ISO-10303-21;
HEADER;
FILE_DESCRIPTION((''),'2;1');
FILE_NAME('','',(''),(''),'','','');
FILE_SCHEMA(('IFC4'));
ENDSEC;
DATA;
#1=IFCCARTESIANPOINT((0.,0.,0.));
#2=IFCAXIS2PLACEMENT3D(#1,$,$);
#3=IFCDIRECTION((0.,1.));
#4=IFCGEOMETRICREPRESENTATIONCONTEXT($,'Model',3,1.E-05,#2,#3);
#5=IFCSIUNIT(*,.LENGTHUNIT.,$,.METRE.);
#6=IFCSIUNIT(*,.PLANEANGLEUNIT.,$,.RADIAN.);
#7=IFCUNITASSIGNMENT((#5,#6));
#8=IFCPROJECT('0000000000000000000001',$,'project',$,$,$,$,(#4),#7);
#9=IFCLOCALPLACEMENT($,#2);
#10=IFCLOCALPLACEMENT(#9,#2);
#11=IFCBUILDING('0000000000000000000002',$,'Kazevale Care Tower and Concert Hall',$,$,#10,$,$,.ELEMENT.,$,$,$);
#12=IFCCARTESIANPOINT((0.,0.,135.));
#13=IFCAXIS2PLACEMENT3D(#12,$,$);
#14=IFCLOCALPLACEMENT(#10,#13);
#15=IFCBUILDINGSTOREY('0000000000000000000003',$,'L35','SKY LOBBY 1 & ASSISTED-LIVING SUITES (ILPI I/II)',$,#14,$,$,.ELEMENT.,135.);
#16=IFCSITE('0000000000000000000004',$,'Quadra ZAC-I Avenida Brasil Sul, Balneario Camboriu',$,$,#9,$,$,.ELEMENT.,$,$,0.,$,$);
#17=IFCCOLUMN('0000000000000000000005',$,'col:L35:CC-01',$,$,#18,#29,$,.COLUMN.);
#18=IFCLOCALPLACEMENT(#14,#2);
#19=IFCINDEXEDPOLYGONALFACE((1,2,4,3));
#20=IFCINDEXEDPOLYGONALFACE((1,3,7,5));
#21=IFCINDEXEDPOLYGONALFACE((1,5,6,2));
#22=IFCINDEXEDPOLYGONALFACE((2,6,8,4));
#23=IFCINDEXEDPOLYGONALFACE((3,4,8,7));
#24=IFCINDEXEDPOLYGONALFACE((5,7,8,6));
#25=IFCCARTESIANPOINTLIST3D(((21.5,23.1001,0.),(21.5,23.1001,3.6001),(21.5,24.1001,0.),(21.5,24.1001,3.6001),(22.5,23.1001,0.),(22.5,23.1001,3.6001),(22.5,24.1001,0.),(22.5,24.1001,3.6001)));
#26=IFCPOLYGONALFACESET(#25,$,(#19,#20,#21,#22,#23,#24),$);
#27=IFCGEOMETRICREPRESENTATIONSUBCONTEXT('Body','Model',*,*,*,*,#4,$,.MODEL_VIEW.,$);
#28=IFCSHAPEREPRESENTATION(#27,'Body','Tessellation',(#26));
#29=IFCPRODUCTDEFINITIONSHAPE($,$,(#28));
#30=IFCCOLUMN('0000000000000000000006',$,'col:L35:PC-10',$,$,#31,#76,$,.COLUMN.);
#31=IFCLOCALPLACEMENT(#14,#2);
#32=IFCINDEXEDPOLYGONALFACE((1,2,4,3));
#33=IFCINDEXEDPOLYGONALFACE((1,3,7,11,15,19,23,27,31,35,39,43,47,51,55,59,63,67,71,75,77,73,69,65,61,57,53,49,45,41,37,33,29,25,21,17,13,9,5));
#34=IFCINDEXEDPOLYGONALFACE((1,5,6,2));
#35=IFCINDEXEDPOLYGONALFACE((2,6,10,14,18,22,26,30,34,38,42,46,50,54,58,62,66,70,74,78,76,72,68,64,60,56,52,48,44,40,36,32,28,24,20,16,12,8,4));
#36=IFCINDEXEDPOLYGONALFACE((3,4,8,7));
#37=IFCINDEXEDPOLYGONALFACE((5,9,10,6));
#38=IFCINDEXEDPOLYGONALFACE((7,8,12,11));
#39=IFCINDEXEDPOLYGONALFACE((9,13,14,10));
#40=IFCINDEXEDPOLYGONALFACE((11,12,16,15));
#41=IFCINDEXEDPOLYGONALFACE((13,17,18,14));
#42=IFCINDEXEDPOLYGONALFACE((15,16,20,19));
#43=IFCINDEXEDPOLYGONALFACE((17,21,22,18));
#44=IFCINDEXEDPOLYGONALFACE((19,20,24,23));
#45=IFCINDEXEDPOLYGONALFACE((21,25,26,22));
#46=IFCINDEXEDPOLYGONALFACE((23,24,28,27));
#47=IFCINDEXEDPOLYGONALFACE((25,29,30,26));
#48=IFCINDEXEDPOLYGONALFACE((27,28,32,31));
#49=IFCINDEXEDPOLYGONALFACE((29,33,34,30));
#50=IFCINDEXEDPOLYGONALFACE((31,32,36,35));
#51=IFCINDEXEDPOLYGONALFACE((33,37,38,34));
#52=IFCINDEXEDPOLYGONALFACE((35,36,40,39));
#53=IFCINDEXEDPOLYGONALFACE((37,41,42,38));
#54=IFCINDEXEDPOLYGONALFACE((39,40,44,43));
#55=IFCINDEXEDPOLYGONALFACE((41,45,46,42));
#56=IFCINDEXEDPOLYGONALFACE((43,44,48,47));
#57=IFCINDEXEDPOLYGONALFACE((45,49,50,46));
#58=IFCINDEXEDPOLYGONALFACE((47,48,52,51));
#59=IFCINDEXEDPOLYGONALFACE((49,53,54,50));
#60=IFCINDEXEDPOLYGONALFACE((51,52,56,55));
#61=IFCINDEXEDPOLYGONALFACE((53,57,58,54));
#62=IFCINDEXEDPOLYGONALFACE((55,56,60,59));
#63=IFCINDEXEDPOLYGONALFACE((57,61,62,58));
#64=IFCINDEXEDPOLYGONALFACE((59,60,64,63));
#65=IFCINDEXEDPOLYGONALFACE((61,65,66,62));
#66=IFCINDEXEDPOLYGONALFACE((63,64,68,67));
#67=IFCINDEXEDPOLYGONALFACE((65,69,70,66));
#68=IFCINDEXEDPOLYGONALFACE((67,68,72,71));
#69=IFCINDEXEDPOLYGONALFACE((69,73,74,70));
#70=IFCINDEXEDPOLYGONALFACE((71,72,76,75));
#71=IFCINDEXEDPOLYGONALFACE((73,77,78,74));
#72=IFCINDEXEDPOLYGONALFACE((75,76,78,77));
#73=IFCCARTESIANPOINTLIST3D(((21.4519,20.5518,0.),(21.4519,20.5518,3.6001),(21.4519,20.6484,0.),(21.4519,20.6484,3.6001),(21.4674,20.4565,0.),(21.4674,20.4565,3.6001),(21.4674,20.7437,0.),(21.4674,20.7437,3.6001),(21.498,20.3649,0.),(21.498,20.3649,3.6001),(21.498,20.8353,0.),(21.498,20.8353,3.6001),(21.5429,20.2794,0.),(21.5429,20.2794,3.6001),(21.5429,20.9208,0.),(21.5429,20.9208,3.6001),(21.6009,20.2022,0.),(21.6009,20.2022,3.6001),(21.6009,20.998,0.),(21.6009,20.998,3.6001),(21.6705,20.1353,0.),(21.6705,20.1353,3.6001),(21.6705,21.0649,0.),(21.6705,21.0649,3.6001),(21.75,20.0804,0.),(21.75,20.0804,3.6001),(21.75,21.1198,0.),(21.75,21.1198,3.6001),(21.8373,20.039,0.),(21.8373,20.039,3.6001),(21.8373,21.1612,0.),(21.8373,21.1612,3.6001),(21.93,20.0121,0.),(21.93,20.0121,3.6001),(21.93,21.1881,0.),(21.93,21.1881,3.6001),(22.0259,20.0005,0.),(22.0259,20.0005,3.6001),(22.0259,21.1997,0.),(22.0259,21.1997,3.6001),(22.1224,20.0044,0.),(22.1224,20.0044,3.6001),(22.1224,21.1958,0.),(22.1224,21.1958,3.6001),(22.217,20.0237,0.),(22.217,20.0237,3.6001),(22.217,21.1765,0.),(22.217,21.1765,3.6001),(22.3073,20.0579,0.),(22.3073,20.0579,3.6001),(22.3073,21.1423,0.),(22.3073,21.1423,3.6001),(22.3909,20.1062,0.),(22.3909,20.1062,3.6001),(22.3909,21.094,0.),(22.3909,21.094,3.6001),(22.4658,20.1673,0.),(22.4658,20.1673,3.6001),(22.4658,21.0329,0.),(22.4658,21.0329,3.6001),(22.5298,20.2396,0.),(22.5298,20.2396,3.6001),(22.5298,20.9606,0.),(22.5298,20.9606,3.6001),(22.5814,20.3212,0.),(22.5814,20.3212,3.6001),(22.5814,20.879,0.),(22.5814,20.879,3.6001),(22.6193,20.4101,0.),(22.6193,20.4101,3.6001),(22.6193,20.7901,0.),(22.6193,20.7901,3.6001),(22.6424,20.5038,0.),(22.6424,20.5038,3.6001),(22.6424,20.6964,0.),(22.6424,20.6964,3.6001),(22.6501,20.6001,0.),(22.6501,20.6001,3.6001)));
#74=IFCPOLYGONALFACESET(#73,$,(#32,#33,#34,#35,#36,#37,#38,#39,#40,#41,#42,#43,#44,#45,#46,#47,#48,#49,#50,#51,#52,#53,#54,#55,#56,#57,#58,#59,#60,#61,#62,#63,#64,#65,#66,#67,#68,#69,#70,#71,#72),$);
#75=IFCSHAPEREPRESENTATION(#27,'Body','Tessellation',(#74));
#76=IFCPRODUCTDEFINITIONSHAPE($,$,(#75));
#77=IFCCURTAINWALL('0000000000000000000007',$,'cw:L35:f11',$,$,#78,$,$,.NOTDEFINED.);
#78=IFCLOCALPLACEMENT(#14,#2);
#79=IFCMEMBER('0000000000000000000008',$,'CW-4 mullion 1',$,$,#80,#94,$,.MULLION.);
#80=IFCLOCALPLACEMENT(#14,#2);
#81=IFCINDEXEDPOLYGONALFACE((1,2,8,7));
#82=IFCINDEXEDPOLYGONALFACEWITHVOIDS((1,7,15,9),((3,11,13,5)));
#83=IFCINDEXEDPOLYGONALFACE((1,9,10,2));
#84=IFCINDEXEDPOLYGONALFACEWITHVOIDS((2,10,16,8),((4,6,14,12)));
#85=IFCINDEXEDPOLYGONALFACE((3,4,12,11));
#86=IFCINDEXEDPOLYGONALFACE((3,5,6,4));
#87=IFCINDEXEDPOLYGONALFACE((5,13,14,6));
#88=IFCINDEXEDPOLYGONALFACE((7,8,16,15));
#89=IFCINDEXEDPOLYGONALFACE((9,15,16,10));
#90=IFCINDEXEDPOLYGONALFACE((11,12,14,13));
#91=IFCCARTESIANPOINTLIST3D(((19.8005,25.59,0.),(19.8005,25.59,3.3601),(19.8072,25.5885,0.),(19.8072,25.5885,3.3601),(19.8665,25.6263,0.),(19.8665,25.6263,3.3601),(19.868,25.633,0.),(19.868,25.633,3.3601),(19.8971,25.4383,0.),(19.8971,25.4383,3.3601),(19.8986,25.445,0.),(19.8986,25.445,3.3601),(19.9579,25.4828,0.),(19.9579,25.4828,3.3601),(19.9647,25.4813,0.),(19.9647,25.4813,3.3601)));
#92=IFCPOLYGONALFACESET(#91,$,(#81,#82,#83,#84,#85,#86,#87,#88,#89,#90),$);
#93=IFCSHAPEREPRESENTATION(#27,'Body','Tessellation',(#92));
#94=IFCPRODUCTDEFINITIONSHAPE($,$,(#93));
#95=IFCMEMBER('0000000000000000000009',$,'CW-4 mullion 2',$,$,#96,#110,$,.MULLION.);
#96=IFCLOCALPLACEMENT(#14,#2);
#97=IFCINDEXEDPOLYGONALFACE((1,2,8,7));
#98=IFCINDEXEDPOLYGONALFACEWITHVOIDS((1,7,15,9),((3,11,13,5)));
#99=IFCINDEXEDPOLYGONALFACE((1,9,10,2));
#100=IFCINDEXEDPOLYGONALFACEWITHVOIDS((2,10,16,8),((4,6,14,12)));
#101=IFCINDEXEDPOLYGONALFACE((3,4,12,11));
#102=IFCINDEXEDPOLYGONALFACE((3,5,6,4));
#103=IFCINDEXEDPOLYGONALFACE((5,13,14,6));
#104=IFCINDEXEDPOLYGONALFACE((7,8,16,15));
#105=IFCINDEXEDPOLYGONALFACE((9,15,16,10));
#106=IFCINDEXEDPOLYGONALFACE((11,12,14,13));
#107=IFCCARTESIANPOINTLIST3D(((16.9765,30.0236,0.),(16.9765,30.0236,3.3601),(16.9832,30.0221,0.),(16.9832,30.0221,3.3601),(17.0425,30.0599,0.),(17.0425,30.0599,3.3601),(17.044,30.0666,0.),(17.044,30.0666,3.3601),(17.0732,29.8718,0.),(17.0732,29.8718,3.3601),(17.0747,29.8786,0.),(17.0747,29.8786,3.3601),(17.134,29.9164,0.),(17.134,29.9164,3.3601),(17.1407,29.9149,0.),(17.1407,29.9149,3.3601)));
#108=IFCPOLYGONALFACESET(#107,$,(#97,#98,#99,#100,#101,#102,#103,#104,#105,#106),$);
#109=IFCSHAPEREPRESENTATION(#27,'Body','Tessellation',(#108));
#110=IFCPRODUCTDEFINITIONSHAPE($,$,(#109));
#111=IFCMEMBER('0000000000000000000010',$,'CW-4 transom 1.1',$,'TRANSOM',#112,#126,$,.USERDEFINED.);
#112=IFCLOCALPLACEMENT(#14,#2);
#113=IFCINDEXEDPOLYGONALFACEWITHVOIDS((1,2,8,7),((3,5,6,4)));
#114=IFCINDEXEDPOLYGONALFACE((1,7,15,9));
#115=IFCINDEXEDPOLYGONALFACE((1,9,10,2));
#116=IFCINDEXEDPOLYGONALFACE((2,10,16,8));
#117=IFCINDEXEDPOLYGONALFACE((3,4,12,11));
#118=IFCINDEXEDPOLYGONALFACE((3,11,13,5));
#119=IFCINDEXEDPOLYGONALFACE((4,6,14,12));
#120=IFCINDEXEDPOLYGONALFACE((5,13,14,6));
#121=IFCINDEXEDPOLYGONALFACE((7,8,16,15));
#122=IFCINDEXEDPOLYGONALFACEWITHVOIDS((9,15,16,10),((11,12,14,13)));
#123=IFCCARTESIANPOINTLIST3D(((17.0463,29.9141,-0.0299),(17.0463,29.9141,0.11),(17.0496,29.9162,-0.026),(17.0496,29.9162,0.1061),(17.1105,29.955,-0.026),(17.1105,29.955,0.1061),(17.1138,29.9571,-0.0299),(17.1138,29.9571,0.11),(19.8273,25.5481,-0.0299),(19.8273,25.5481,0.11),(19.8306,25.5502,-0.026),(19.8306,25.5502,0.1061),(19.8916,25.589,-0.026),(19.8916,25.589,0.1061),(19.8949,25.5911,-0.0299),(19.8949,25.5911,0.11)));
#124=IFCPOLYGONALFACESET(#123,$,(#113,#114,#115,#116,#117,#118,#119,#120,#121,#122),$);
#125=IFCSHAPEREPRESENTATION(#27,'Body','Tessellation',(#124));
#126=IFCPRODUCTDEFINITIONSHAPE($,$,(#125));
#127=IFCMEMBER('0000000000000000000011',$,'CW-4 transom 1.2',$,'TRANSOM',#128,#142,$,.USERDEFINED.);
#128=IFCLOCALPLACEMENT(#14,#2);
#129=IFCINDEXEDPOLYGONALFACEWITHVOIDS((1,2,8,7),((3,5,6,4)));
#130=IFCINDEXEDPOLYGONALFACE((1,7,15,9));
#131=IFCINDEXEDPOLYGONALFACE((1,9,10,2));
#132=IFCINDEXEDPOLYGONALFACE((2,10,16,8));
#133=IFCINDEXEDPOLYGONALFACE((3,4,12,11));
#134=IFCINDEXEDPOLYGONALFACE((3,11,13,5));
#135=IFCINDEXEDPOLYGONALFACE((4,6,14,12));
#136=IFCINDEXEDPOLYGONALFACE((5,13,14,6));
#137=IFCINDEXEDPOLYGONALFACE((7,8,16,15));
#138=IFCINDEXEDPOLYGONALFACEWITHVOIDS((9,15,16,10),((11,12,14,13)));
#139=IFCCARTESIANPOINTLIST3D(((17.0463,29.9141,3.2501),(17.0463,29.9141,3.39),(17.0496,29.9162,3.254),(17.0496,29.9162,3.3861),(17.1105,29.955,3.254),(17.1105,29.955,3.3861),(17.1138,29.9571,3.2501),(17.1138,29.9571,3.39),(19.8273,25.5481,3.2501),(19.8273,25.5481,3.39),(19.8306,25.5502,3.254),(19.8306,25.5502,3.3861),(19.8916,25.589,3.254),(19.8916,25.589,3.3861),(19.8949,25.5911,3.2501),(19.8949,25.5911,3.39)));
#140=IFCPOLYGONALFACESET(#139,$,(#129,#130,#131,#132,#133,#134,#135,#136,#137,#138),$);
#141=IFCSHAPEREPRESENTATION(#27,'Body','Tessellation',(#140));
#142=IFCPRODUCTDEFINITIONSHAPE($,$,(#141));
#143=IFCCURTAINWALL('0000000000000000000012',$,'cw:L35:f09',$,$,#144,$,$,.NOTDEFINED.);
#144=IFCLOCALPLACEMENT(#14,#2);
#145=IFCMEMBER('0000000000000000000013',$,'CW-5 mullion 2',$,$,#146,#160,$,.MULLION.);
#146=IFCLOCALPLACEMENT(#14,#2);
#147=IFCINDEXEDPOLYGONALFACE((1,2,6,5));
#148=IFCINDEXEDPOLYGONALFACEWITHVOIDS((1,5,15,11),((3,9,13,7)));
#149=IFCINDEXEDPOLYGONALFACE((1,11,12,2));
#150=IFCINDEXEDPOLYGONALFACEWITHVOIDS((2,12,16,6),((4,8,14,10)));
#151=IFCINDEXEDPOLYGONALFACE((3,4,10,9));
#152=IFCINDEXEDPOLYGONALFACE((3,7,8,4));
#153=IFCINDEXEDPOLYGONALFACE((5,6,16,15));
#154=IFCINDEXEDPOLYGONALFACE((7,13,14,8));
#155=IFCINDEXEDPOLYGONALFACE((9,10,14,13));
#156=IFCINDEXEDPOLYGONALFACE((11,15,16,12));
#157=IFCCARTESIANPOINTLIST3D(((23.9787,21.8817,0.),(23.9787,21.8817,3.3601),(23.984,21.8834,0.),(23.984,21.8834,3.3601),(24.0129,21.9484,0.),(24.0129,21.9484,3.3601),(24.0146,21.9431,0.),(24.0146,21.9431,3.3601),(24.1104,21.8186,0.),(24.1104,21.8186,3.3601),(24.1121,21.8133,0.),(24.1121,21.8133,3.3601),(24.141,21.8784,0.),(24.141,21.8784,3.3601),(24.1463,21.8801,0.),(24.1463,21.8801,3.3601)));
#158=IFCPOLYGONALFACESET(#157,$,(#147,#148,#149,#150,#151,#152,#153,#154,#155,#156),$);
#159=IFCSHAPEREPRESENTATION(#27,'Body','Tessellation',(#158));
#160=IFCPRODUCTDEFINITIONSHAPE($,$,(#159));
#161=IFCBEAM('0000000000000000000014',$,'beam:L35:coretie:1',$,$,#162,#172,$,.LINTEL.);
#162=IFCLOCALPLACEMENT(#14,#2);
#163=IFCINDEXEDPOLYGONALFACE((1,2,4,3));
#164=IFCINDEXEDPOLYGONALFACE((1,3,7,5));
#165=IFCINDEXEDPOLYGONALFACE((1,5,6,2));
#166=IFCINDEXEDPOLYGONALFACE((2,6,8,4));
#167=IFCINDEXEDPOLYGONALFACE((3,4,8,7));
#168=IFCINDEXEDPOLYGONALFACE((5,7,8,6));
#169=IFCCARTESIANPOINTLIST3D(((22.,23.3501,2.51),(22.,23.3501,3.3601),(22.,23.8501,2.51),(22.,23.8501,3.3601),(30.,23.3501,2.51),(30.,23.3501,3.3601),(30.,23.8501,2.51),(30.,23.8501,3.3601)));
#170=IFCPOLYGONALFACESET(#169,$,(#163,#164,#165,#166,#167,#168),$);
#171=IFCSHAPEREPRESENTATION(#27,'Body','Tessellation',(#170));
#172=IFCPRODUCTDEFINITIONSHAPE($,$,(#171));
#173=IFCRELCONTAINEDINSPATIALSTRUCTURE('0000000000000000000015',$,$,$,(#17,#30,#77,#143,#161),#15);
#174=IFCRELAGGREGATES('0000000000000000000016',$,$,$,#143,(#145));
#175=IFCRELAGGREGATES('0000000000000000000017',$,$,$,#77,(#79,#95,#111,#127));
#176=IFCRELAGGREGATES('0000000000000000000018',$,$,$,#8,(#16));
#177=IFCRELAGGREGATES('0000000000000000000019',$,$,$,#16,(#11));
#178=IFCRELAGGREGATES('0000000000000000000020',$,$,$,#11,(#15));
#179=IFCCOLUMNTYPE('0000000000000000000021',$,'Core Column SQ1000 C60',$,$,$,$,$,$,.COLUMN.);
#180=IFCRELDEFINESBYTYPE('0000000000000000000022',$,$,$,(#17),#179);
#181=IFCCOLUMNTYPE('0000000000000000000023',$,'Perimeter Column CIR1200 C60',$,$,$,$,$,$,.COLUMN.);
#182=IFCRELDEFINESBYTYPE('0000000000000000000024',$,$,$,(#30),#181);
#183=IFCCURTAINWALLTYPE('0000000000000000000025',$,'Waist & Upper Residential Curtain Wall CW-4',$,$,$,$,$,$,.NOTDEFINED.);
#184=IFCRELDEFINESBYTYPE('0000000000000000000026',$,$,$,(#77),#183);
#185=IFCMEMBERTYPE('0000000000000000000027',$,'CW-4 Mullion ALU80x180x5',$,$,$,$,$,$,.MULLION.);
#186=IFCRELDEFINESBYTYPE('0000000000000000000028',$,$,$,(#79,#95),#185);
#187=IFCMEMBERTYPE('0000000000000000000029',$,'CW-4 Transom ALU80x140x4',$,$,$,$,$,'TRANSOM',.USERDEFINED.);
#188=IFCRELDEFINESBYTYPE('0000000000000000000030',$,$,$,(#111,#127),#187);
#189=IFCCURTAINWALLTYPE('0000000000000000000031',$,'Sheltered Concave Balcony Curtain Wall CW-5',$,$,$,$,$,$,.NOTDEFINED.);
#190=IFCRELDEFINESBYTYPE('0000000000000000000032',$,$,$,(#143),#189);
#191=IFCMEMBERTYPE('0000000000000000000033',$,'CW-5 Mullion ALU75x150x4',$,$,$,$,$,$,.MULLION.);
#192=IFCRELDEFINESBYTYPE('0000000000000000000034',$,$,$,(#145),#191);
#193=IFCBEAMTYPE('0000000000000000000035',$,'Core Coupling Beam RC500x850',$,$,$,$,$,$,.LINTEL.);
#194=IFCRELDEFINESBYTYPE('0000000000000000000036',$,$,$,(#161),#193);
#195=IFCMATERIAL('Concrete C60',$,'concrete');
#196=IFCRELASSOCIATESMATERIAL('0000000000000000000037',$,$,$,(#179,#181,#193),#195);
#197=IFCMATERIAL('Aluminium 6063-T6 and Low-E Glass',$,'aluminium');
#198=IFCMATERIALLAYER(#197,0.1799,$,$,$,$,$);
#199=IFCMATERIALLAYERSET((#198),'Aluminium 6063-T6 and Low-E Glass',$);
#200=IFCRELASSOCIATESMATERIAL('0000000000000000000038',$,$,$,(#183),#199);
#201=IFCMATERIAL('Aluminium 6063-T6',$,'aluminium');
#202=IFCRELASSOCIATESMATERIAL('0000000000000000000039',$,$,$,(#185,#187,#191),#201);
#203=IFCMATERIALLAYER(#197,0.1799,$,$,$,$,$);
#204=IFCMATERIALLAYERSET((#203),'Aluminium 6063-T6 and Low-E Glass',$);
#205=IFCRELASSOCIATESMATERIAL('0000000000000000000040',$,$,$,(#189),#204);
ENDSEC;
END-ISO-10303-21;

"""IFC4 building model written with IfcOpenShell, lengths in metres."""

from ifc_helpers import new_model, si_unit, direction, frame, origin, origin_2d, place, context, subcontext, project, spatial, rectangle, hollow_rectangle, circle, extrude, material, layer, layer_set, material_profile, profile_set, type_object, element, aggregate, save


model = new_model("IFC4")

# Units and contexts
model_context = context("Model", 3, precision=1e-05, world=origin(), true_north=direction((0.0, 1.0)))
body_context = subcontext(model_context, "Body", "Model", "MODEL_VIEW")
ifc_project = project(units=[si_unit("LENGTHUNIT", "METRE"), si_unit("PLANEANGLEUNIT", "RADIAN")], contexts=[model_context])

# Site, building, storey
site_placement = place(None, origin())
site = spatial("IfcSite", under=ifc_project, at=site_placement, Name="Quadra ZAC-I Avenida Brasil Sul, Balneario Camboriu", CompositionType="ELEMENT", RefElevation=0.0)
building_placement = place(site_placement, origin())
building = spatial("IfcBuilding", under=site, at=building_placement, Name="Kazevale Care Tower and Concert Hall", CompositionType="ELEMENT")
storey_placement = place(building_placement, frame((0.0, 0.0, 135.0)))
storey = spatial("IfcBuildingStorey", under=building, at=storey_placement, Name="L35", Description="SKY LOBBY 1 & ASSISTED-LIVING SUITES (ILPI I/II)", CompositionType="ELEMENT", Elevation=135.0)

# Columns
ifc_material_1 = material(Name="Concrete C60", Category="concrete")
ifc_material_profile_1 = material_profile(ifc_material_1, rectangle(XDim=1.0, YDim=1.0, at=origin_2d()), Name="RC-SQ1000")
ifc_profile_set_1 = profile_set([ifc_material_profile_1], Name="Concrete C60")
column_type_1 = type_object("IfcColumnType", Name="Core Column SQ1000 C60", PredefinedType="COLUMN", material=ifc_profile_set_1)
column_1_placement = place(storey_placement, frame((22.0, 23.6001, 0.0), z_axis=(0.0, 0.0, 1.0), x_axis=(1.0, 0.0, 0.0)))
element("IfcColumn", 1, at=column_1_placement, inside=storey, type_object=column_type_1, Name="col:L35:CC-01", PredefinedType="COLUMN", context=body_context, shape_type="SweptSolid", body=[
    extrude(rectangle(XDim=1.0, YDim=1.0, at=origin_2d()), origin(), (0.0, 0.0, 1.0), 3.6001),
])
ifc_material_profile_2 = material_profile(ifc_material_1, circle(Radius=0.6001, at=origin_2d()), Name="RC-CIR1200")
ifc_profile_set_2 = profile_set([ifc_material_profile_2], Name="Concrete C60")
column_type_2 = type_object("IfcColumnType", Name="Perimeter Column CIR1200 C60", PredefinedType="COLUMN", material=ifc_profile_set_2)
column_2_placement = place(storey_placement, frame((22.05, 20.6001, 0.0), z_axis=(0.0, 0.0, 1.0), x_axis=(1.0, 0.0, 0.0)))
element("IfcColumn", 2, at=column_2_placement, inside=storey, type_object=column_type_2, Name="col:L35:PC-10", PredefinedType="COLUMN", context=body_context, shape_type="SweptSolid", body=[
    extrude(circle(Radius=0.6001, at=origin_2d()), origin(), (0.0, 0.0, 1.0), 3.6001),
])

# Curtain wall, members
ifc_material_2 = material(Name="Aluminium 6063-T6 and Low-E Glass", Category="aluminium")
ifc_layer_1 = layer(ifc_material_2, 0.1799)
ifc_layer_set_1 = layer_set([ifc_layer_1], Name="Aluminium 6063-T6 and Low-E Glass")
curtain_wall_type_1 = type_object("IfcCurtainWallType", Name="Waist & Upper Residential Curtain Wall CW-4", PredefinedType="NOTDEFINED", material=ifc_layer_set_1)
curtain_wall_1_placement = place(storey_placement, origin())
curtain_wall_1 = element("IfcCurtainWall", 3, at=curtain_wall_1_placement, inside=storey, type_object=curtain_wall_type_1, Name="cw:L35:f11", PredefinedType="NOTDEFINED")
ifc_material_3 = material(Name="Aluminium 6063-T6", Category="aluminium")
ifc_material_profile_3 = material_profile(ifc_material_3, hollow_rectangle(XDim=0.0801, YDim=0.1799, WallThickness=0.0049, at=origin_2d()), Name="ALU80x180x5")
ifc_profile_set_3 = profile_set([ifc_material_profile_3], Name="Aluminium 6063-T6")
member_type_1 = type_object("IfcMemberType", Name="CW-4 Mullion ALU80x180x5", PredefinedType="MULLION", material=ifc_profile_set_3)
member_1_placement = place(storey_placement, frame((19.8826, 25.5356, 0.0), z_axis=(0.0, 0.0, 1.0), x_axis=(-0.84343, -0.537239, 0.0)))
member_1 = element("IfcMember", 4, at=member_1_placement, type_object=member_type_1, Name="CW-4 mullion 1", PredefinedType="MULLION", context=body_context, shape_type="SweptSolid", body=[
    extrude(hollow_rectangle(XDim=0.0801, YDim=0.1799, WallThickness=0.0049, at=origin_2d()), origin(), (0.0, 0.0, 1.0), 3.3601),
])
member_2_placement = place(storey_placement, frame((17.0586, 29.9692, 0.0), z_axis=(0.0, 0.0, 1.0), x_axis=(-0.84343, -0.537239, 0.0)))
member_2 = element("IfcMember", 5, at=member_2_placement, type_object=member_type_1, Name="CW-4 mullion 2", PredefinedType="MULLION", context=body_context, shape_type="SweptSolid", body=[
    extrude(hollow_rectangle(XDim=0.0801, YDim=0.1799, WallThickness=0.0049, at=origin_2d()), origin(), (0.0, 0.0, 1.0), 3.3601),
])
ifc_material_profile_4 = material_profile(ifc_material_3, hollow_rectangle(XDim=0.0801, YDim=0.1399, WallThickness=0.0039, at=origin_2d()), Name="ALU80x140x4")
ifc_profile_set_4 = profile_set([ifc_material_profile_4], Name="Aluminium 6063-T6")
member_type_2 = type_object("IfcMemberType", Name="CW-4 Transom ALU80x140x4", ElementType="TRANSOM", PredefinedType="USERDEFINED", material=ifc_profile_set_4)
member_3_placement = place(storey_placement, frame((19.8611, 25.5696, 0.04), z_axis=(-0.537242, 0.843428, 0.0), x_axis=(-0.843428, -0.537242, 0.0)))
member_3 = element("IfcMember", 6, at=member_3_placement, type_object=member_type_2, Name="CW-4 transom 1.1", ObjectType="TRANSOM", PredefinedType="USERDEFINED", context=body_context, shape_type="SweptSolid", body=[
    extrude(hollow_rectangle(XDim=0.0801, YDim=0.1399, WallThickness=0.0039, at=origin_2d()), origin(), (0.0, 0.0, 1.0), 5.1765),
])
member_4_placement = place(storey_placement, frame((19.8611, 25.5696, 3.3201), z_axis=(-0.537242, 0.843428, 0.0), x_axis=(-0.843428, -0.537242, 0.0)))
member_4 = element("IfcMember", 7, at=member_4_placement, type_object=member_type_2, Name="CW-4 transom 1.2", ObjectType="TRANSOM", PredefinedType="USERDEFINED", context=body_context, shape_type="SweptSolid", body=[
    extrude(hollow_rectangle(XDim=0.0801, YDim=0.1399, WallThickness=0.0039, at=origin_2d()), origin(), (0.0, 0.0, 1.0), 5.1765),
])

# Curtain wall, member
ifc_layer_2 = layer(ifc_material_2, 0.1799)
ifc_layer_set_2 = layer_set([ifc_layer_2], Name="Aluminium 6063-T6 and Low-E Glass")
curtain_wall_type_2 = type_object("IfcCurtainWallType", Name="Sheltered Concave Balcony Curtain Wall CW-5", PredefinedType="NOTDEFINED", material=ifc_layer_set_2)
curtain_wall_2_placement = place(storey_placement, origin())
curtain_wall_2 = element("IfcCurtainWall", 8, at=curtain_wall_2_placement, inside=storey, type_object=curtain_wall_type_2, Name="cw:L35:f09", PredefinedType="NOTDEFINED")
ifc_material_profile_5 = material_profile(ifc_material_3, hollow_rectangle(XDim=0.075, YDim=0.1499, WallThickness=0.0039, at=origin_2d()), Name="ALU75x150x4")
ifc_profile_set_5 = profile_set([ifc_material_profile_5], Name="Aluminium 6063-T6")
member_type_3 = type_object("IfcMemberType", Name="CW-5 Mullion ALU75x150x4", PredefinedType="MULLION", material=ifc_profile_set_5)
member_5_placement = place(storey_placement, frame((24.0625, 21.8809, 0.0), z_axis=(0.0, 0.0, 1.0), x_axis=(-0.455713, -0.890127, 0.0)))
member_5 = element("IfcMember", 9, at=member_5_placement, type_object=member_type_3, Name="CW-5 mullion 2", PredefinedType="MULLION", context=body_context, shape_type="SweptSolid", body=[
    extrude(hollow_rectangle(XDim=0.075, YDim=0.1499, WallThickness=0.0039, at=origin_2d()), origin(), (0.0, 0.0, 1.0), 3.3601),
])
aggregate(curtain_wall_2, [member_5])

# Beam
ifc_material_profile_6 = material_profile(ifc_material_1, rectangle(XDim=0.5, YDim=0.8501, at=origin_2d()), Name="RC-B500x850")
ifc_profile_set_6 = profile_set([ifc_material_profile_6], Name="Concrete C60")
beam_type_1 = type_object("IfcBeamType", Name="Core Coupling Beam RC500x850", PredefinedType="LINTEL", material=ifc_profile_set_6)
beam_1_placement = place(storey_placement, frame((22.0, 23.6001, 2.9351), z_axis=(1.0, 0.0, 0.0), x_axis=(0.0, 1.0, 0.0)))
element("IfcBeam", 10, at=beam_1_placement, inside=storey, type_object=beam_type_1, Name="beam:L35:coretie:1", PredefinedType="LINTEL", context=body_context, shape_type="SweptSolid", body=[
    extrude(rectangle(XDim=0.5, YDim=0.8501, at=origin_2d()), origin(), (0.0, 0.0, 1.0), 8.0),
])

aggregate(curtain_wall_1, [member_1, member_2, member_3, member_4])

save(model, "model.ifc")
